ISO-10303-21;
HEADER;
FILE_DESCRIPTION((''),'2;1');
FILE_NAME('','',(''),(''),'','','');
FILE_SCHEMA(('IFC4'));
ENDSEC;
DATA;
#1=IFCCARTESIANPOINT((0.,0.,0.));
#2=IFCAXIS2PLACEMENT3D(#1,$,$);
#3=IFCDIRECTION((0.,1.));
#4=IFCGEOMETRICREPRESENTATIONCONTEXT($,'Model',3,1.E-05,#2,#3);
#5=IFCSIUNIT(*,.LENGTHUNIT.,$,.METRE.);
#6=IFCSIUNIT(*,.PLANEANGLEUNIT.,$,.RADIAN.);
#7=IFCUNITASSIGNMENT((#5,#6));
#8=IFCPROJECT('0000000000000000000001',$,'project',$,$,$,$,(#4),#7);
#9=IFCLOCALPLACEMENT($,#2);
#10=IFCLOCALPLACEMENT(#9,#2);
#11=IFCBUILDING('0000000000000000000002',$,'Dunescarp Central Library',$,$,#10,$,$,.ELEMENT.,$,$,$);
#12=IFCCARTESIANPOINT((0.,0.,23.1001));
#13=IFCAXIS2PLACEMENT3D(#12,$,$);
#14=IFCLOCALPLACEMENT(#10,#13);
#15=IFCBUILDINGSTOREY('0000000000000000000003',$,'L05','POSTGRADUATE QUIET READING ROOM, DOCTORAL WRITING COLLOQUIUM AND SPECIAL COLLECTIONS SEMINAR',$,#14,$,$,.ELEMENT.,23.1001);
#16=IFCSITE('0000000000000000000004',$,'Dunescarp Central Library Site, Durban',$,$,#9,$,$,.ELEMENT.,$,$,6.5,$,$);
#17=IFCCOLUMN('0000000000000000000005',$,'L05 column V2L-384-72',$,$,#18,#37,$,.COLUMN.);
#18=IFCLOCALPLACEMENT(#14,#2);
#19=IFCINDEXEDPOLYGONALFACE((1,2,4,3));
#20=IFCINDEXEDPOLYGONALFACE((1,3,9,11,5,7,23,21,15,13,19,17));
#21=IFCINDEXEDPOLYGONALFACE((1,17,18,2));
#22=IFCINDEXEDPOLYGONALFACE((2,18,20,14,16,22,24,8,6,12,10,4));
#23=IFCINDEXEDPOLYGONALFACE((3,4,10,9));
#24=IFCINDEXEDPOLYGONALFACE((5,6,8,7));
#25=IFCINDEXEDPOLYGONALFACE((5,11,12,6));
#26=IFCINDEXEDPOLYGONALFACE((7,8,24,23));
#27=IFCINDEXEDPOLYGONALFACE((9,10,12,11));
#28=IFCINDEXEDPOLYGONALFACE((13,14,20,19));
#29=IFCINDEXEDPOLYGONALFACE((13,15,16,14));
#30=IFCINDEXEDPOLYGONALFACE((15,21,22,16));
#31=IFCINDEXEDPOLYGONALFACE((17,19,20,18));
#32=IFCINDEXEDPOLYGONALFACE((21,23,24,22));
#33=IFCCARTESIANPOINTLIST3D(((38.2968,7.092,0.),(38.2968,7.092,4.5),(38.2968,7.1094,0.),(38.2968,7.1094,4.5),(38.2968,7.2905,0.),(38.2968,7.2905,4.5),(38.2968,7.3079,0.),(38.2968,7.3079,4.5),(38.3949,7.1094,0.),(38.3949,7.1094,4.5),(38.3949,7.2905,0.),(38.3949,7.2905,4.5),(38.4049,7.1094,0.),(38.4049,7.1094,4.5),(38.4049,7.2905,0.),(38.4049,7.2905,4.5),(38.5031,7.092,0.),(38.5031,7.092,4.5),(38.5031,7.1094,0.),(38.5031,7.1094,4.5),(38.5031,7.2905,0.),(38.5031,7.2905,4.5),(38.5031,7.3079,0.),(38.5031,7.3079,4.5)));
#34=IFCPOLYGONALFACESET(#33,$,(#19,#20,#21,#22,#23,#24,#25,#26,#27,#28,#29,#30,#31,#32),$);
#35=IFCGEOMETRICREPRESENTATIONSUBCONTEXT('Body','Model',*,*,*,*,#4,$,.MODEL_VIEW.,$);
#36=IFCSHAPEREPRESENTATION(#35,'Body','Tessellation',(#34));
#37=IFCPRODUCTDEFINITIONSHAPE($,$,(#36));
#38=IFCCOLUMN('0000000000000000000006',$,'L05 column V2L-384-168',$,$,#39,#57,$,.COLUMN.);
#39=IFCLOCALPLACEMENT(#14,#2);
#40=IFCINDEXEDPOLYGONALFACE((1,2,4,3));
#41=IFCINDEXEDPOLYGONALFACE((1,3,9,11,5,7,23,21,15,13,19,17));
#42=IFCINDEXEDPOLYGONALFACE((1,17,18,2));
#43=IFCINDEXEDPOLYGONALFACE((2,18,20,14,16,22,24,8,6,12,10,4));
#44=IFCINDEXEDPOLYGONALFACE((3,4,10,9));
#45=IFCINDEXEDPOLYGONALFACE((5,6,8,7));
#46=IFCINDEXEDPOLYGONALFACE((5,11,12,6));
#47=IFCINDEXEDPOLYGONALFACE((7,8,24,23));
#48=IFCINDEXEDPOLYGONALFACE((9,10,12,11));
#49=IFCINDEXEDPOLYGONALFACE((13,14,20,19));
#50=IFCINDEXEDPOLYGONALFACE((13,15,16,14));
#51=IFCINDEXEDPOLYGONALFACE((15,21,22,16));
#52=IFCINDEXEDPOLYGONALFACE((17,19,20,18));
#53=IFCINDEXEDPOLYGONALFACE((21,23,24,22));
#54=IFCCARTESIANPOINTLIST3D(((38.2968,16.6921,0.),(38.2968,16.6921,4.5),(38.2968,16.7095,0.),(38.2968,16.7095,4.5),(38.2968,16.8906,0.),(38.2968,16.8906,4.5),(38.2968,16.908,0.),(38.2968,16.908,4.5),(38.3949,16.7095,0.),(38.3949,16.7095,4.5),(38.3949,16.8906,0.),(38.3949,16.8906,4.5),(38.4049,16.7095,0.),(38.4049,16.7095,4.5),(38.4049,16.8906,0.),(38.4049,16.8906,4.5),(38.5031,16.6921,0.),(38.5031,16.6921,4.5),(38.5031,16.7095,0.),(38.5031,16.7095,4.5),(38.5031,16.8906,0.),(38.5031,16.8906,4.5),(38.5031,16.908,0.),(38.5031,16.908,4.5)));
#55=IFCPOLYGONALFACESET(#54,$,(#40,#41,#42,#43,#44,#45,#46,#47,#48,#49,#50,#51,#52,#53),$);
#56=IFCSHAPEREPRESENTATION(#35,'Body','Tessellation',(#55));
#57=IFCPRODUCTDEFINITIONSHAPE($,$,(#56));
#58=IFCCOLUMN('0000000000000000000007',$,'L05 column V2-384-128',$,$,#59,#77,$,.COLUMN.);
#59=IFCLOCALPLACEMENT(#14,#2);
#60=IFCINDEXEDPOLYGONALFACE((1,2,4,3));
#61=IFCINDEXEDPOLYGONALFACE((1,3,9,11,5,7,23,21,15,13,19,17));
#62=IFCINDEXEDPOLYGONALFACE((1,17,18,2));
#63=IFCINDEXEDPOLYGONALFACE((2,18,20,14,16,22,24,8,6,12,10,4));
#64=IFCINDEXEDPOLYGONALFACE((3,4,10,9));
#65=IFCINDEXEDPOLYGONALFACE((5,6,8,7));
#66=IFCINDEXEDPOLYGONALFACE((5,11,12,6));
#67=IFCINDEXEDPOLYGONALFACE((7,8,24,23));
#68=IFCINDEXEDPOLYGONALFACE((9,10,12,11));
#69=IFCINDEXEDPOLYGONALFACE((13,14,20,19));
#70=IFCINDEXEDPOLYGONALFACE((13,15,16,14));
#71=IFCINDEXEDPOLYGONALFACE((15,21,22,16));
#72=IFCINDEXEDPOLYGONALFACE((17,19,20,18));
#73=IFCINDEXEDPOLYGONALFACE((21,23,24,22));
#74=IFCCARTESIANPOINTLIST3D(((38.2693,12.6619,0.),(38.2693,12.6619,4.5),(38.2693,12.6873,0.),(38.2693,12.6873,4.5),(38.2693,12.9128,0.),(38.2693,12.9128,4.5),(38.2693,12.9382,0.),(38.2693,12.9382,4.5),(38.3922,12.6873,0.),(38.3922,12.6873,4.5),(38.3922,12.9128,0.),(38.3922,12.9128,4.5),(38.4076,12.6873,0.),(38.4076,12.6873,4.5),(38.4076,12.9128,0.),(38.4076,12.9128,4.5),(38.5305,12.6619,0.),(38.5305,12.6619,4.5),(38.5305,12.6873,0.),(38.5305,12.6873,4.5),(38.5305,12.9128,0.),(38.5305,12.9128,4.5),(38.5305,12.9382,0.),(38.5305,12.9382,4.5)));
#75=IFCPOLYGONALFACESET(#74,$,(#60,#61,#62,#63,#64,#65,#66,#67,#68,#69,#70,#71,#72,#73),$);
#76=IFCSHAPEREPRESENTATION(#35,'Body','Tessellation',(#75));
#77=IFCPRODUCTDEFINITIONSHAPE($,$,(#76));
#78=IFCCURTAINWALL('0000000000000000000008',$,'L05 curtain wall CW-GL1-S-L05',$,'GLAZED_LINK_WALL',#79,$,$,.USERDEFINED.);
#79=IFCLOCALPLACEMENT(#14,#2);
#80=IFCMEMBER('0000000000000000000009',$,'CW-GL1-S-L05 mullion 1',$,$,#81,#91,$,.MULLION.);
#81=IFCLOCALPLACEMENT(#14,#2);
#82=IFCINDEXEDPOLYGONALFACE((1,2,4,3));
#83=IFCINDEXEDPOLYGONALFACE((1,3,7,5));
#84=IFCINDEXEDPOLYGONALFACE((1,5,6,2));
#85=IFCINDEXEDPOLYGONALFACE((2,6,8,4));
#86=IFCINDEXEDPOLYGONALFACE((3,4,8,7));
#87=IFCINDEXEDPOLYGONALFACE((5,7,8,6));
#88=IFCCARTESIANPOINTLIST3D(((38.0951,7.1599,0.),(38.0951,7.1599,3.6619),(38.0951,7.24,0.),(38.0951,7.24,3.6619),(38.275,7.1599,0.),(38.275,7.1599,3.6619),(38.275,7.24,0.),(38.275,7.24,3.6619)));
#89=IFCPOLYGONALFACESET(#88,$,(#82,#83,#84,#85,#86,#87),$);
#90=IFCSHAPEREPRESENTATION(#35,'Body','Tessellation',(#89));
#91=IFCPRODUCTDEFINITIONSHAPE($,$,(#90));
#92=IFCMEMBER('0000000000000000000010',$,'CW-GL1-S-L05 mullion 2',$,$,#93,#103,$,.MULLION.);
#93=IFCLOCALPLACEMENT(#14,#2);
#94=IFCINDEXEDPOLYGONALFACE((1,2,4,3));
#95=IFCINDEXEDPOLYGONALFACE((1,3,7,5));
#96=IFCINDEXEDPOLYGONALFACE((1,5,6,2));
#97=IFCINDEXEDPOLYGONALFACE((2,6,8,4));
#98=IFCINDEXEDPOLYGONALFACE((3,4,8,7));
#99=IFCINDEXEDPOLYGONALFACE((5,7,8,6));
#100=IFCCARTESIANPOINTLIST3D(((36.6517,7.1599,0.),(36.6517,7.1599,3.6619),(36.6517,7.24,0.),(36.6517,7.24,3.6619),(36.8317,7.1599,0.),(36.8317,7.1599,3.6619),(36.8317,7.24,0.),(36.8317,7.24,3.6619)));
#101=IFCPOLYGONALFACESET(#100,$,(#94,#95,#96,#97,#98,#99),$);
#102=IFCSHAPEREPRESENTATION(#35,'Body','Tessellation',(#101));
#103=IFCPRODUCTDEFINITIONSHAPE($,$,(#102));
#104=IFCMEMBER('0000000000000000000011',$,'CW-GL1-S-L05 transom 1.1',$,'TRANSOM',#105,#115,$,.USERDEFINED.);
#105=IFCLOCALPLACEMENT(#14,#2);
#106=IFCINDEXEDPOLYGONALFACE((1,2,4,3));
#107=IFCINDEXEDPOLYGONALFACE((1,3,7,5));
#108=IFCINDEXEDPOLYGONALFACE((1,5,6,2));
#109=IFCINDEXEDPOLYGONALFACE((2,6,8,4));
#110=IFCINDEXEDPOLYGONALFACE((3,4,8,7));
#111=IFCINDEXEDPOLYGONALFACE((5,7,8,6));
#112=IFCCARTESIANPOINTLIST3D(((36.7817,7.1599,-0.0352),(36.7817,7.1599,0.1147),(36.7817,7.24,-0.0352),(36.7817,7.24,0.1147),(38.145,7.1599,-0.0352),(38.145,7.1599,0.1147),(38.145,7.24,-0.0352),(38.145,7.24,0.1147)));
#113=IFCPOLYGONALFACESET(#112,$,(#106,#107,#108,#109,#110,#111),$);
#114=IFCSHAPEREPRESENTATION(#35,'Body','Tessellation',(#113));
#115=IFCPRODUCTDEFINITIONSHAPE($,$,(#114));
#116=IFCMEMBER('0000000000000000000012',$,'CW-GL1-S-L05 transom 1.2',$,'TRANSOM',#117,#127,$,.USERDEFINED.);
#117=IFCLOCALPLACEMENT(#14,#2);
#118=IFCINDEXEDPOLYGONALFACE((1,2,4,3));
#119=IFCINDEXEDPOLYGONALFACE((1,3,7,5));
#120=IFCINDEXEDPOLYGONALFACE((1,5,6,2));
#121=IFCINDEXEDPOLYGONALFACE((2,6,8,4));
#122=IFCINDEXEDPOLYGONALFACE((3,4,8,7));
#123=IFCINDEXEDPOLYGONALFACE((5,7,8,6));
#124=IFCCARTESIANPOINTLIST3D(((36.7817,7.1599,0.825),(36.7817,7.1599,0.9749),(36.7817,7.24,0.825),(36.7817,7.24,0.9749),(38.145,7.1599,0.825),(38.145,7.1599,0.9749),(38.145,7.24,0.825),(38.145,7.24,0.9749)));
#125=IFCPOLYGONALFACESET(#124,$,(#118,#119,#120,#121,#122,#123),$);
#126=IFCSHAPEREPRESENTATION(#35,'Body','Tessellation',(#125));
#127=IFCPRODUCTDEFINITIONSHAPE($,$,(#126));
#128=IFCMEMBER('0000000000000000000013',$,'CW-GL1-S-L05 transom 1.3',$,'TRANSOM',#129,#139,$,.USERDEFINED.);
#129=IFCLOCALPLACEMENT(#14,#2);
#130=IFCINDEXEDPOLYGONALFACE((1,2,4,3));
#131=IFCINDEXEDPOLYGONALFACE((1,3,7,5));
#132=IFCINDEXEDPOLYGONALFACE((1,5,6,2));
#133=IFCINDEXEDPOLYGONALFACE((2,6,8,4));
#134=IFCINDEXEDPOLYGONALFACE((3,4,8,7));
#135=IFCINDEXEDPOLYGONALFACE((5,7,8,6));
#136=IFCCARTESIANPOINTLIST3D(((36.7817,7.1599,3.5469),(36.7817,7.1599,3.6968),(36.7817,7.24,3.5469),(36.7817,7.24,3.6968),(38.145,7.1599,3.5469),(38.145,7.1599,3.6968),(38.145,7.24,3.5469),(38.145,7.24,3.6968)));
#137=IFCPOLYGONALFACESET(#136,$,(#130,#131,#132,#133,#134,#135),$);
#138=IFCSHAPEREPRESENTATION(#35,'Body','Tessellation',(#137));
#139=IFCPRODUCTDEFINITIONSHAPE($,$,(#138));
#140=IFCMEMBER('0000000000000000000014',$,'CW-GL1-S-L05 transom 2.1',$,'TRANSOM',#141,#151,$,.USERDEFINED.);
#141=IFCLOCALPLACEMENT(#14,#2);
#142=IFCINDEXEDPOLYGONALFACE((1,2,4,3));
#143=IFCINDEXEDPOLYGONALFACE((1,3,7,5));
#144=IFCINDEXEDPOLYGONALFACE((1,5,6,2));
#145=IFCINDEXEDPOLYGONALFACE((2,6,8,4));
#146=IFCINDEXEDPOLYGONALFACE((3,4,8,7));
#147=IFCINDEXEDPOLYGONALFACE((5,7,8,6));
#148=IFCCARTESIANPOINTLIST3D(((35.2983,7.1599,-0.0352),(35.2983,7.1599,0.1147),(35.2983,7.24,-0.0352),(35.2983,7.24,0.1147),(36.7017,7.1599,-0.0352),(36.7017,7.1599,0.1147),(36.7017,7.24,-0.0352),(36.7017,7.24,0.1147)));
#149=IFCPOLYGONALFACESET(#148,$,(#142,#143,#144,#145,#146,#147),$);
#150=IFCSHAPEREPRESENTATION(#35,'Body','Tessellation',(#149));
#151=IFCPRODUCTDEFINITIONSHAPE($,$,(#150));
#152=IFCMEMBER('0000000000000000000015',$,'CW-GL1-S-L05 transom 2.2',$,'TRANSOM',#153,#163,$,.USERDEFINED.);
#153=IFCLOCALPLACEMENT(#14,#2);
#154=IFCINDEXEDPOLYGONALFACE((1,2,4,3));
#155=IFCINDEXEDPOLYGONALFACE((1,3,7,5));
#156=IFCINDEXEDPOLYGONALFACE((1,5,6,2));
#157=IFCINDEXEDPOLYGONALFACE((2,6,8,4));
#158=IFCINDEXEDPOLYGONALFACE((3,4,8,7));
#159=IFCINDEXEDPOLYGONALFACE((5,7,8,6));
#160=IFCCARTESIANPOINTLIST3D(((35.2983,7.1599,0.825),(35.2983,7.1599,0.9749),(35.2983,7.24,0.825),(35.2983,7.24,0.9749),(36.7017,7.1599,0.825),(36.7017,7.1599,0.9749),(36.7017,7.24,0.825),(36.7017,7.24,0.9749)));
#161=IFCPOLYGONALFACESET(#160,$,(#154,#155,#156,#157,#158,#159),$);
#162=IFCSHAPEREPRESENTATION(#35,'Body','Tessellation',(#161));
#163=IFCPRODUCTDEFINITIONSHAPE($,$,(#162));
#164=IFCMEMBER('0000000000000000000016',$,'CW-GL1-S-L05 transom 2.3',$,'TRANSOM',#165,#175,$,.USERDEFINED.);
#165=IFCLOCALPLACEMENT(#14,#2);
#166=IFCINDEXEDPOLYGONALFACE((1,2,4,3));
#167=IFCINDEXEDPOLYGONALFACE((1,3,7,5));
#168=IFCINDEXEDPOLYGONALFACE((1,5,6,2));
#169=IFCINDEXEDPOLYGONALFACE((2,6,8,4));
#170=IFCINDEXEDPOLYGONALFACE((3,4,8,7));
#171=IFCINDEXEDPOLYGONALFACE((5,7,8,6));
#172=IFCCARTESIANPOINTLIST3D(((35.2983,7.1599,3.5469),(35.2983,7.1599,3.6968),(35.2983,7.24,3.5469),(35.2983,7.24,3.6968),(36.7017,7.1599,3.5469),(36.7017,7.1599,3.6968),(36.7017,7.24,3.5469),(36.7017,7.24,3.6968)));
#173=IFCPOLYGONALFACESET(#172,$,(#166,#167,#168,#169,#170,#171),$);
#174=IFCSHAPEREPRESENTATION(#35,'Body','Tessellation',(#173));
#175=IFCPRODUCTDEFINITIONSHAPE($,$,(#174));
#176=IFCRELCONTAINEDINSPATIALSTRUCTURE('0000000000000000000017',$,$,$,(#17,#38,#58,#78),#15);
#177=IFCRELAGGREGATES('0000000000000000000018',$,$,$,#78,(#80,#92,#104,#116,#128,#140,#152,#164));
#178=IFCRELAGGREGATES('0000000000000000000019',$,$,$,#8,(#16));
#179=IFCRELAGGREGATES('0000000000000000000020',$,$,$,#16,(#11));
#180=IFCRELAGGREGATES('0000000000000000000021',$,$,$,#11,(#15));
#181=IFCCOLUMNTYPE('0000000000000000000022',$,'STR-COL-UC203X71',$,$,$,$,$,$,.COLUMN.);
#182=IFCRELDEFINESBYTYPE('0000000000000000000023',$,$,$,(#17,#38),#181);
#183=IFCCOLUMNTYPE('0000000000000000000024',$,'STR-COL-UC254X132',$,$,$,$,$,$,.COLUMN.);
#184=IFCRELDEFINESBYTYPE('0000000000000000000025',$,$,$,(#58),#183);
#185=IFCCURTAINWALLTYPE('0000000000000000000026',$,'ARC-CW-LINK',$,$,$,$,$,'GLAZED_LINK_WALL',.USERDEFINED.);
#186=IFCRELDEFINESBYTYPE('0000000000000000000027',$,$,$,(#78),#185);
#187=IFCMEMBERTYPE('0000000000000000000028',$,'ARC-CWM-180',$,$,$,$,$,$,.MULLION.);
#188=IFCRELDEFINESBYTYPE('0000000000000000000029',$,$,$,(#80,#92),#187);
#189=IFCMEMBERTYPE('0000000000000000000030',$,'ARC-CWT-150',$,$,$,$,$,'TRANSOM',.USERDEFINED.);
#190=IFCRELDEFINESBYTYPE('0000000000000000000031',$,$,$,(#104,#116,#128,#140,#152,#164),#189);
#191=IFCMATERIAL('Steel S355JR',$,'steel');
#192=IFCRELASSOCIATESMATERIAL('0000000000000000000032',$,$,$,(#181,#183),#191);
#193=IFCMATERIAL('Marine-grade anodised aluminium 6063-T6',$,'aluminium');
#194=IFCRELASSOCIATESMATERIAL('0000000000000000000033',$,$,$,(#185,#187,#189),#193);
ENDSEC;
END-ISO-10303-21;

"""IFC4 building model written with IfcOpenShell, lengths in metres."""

from ifc_helpers import new_model, si_unit, direction, frame, origin, origin_2d, place, context, subcontext, project, spatial, rectangle, i_section, extrude, material, material_profile, profile_set, type_object, element, aggregate, save


model = new_model("IFC4")

# Units and contexts
model_context = context("Model", 3, precision=1e-05, world=origin(), true_north=direction((0.0, 1.0)))
body_context = subcontext(model_context, "Body", "Model", "MODEL_VIEW")
ifc_project = project(units=[si_unit("LENGTHUNIT", "METRE"), si_unit("PLANEANGLEUNIT", "RADIAN")], contexts=[model_context])

# Site, building, storey
site_placement = place(None, origin())
site = spatial("IfcSite", under=ifc_project, at=site_placement, Name="Dunescarp Central Library Site, Durban", CompositionType="ELEMENT", RefElevation=6.5)
building_placement = place(site_placement, origin())
building = spatial("IfcBuilding", under=site, at=building_placement, Name="Dunescarp Central Library", CompositionType="ELEMENT")
storey_placement = place(building_placement, frame((0.0, 0.0, 23.1001)))
storey = spatial("IfcBuildingStorey", under=building, at=storey_placement, Name="L05", Description="POSTGRADUATE QUIET READING ROOM, DOCTORAL WRITING COLLOQUIUM AND SPECIAL COLLECTIONS SEMINAR", CompositionType="ELEMENT", Elevation=23.1001)

# Columns
ifc_material_1 = material(Name="Steel S355JR", Category="steel")
ifc_material_profile_1 = material_profile(ifc_material_1, i_section(OverallWidth=0.2063, OverallDepth=0.2158, WebThickness=0.01, FlangeThickness=0.0173, at=origin_2d()), Name="UC 203x203x71")
ifc_profile_set_1 = profile_set([ifc_material_profile_1], Name="Steel S355JR")
column_type_1 = type_object("IfcColumnType", Name="STR-COL-UC203X71", PredefinedType="COLUMN", material=ifc_profile_set_1)
for number, where, z_axis, x_axis, name in (
    (1, (38.3999, 7.2, 0.0), (0.0, 0.0, 1.0), (1.0, 0.0, 0.0), "L05 column V2L-384-72"),
    (2, (38.3999, 16.8, 0.0), (0.0, 0.0, 1.0), (1.0, 0.0, 0.0), "L05 column V2L-384-168"),
):
    element("IfcColumn", number, at=place(storey_placement, frame(where, z_axis=z_axis, x_axis=x_axis)), inside=storey, type_object=column_type_1, Name=name, PredefinedType="COLUMN", context=body_context, shape_type="SweptSolid", body=[
        extrude(i_section(OverallWidth=0.2063, OverallDepth=0.2158, WebThickness=0.01, FlangeThickness=0.0173, at=origin_2d()), origin(), (0.0, 0.0, 1.0), 4.5),
    ])
ifc_material_profile_2 = material_profile(ifc_material_1, i_section(OverallWidth=0.2612, OverallDepth=0.2764, WebThickness=0.0154, FlangeThickness=0.0254, at=origin_2d()), Name="UC 254x254x132")
ifc_profile_set_2 = profile_set([ifc_material_profile_2], Name="Steel S355JR")
column_type_2 = type_object("IfcColumnType", Name="STR-COL-UC254X132", PredefinedType="COLUMN", material=ifc_profile_set_2)
column_placement = place(storey_placement, frame((38.3999, 12.8, 0.0), z_axis=(0.0, 0.0, 1.0), x_axis=(1.0, 0.0, 0.0)))
element("IfcColumn", 3, at=column_placement, inside=storey, type_object=column_type_2, Name="L05 column V2-384-128", PredefinedType="COLUMN", context=body_context, shape_type="SweptSolid", body=[
    extrude(i_section(OverallWidth=0.2612, OverallDepth=0.2764, WebThickness=0.0154, FlangeThickness=0.0254, at=origin_2d()), origin(), (0.0, 0.0, 1.0), 4.5),
])

# Curtain wall, members
ifc_material_2 = material(Name="Marine-grade anodised aluminium 6063-T6", Category="aluminium")
curtain_wall_type = type_object("IfcCurtainWallType", Name="ARC-CW-LINK", ElementType="GLAZED_LINK_WALL", PredefinedType="USERDEFINED", material=ifc_material_2)
curtain_wall_placement = place(storey_placement, origin())
curtain_wall = element("IfcCurtainWall", 4, at=curtain_wall_placement, inside=storey, type_object=curtain_wall_type, Name="L05 curtain wall CW-GL1-S-L05", ObjectType="GLAZED_LINK_WALL", PredefinedType="USERDEFINED")
ifc_material_profile_3 = material_profile(ifc_material_2, rectangle(XDim=0.0801, YDim=0.1799, at=origin_2d()), Name="AL 80x180")
ifc_profile_set_3 = profile_set([ifc_material_profile_3], Name="Marine-grade anodised aluminium 6063-T6")
member_type_1 = type_object("IfcMemberType", Name="ARC-CWM-180", PredefinedType="MULLION", material=ifc_profile_set_3)
member_1_placement = place(storey_placement, frame((38.1851, 7.2, 0.0), z_axis=(0.0, 0.0, 1.0), x_axis=(0.0, -1.0, 0.0)))
member_1 = element("IfcMember", 5, at=member_1_placement, type_object=member_type_1, Name="CW-GL1-S-L05 mullion 1", PredefinedType="MULLION", context=body_context, shape_type="SweptSolid", body=[
    extrude(rectangle(XDim=0.0801, YDim=0.1799, at=origin_2d()), origin(), (0.0, 0.0, 1.0), 3.6619),
])
member_2_placement = place(storey_placement, frame((36.7417, 7.2, 0.0), z_axis=(0.0, 0.0, 1.0), x_axis=(0.0, -1.0, 0.0)))
member_2 = element("IfcMember", 6, at=member_2_placement, type_object=member_type_1, Name="CW-GL1-S-L05 mullion 2", PredefinedType="MULLION", context=body_context, shape_type="SweptSolid", body=[
    extrude(rectangle(XDim=0.0801, YDim=0.1799, at=origin_2d()), origin(), (0.0, 0.0, 1.0), 3.6619),
])
ifc_material_profile_4 = material_profile(ifc_material_2, rectangle(XDim=0.0801, YDim=0.1499, at=origin_2d()), Name="AL 80x150")
ifc_profile_set_4 = profile_set([ifc_material_profile_4], Name="Marine-grade anodised aluminium 6063-T6")
member_type_2 = type_object("IfcMemberType", Name="ARC-CWT-150", ElementType="TRANSOM", PredefinedType="USERDEFINED", material=ifc_profile_set_4)
member_3_placement = place(storey_placement, frame((38.145, 7.2, 0.0398), z_axis=(-1.0, 0.0, 0.0), x_axis=(0.0, -1.0, 0.0)))
member_3 = element("IfcMember", 7, at=member_3_placement, type_object=member_type_2, Name="CW-GL1-S-L05 transom 1.1", ObjectType="TRANSOM", PredefinedType="USERDEFINED", context=body_context, shape_type="SweptSolid", body=[
    extrude(rectangle(XDim=0.0801, YDim=0.1499, at=origin_2d()), origin(), (0.0, 0.0, 1.0), 1.3633),
])
member_4_placement = place(storey_placement, frame((38.145, 7.2, 0.8999), z_axis=(-1.0, 0.0, 0.0), x_axis=(0.0, -1.0, 0.0)))
member_4 = element("IfcMember", 8, at=member_4_placement, type_object=member_type_2, Name="CW-GL1-S-L05 transom 1.2", ObjectType="TRANSOM", PredefinedType="USERDEFINED", context=body_context, shape_type="SweptSolid", body=[
    extrude(rectangle(XDim=0.0801, YDim=0.1499, at=origin_2d()), origin(), (0.0, 0.0, 1.0), 1.3633),
])
member_5_placement = place(storey_placement, frame((38.145, 7.2, 3.6218), z_axis=(-1.0, 0.0, 0.0), x_axis=(0.0, -1.0, 0.0)))
member_5 = element("IfcMember", 9, at=member_5_placement, type_object=member_type_2, Name="CW-GL1-S-L05 transom 1.3", ObjectType="TRANSOM", PredefinedType="USERDEFINED", context=body_context, shape_type="SweptSolid", body=[
    extrude(rectangle(XDim=0.0801, YDim=0.1499, at=origin_2d()), origin(), (0.0, 0.0, 1.0), 1.3633),
])
member_6_placement = place(storey_placement, frame((36.7017, 7.2, 0.0398), z_axis=(-1.0, 0.0, 0.0), x_axis=(0.0, -1.0, 0.0)))
member_6 = element("IfcMember", 10, at=member_6_placement, type_object=member_type_2, Name="CW-GL1-S-L05 transom 2.1", ObjectType="TRANSOM", PredefinedType="USERDEFINED", context=body_context, shape_type="SweptSolid", body=[
    extrude(rectangle(XDim=0.0801, YDim=0.1499, at=origin_2d()), origin(), (0.0, 0.0, 1.0), 1.4033),
])
member_7_placement = place(storey_placement, frame((36.7017, 7.2, 0.8999), z_axis=(-1.0, 0.0, 0.0), x_axis=(0.0, -1.0, 0.0)))
member_7 = element("IfcMember", 11, at=member_7_placement, type_object=member_type_2, Name="CW-GL1-S-L05 transom 2.2", ObjectType="TRANSOM", PredefinedType="USERDEFINED", context=body_context, shape_type="SweptSolid", body=[
    extrude(rectangle(XDim=0.0801, YDim=0.1499, at=origin_2d()), origin(), (0.0, 0.0, 1.0), 1.4033),
])
member_8_placement = place(storey_placement, frame((36.7017, 7.2, 3.6218), z_axis=(-1.0, 0.0, 0.0), x_axis=(0.0, -1.0, 0.0)))
member_8 = element("IfcMember", 12, at=member_8_placement, type_object=member_type_2, Name="CW-GL1-S-L05 transom 2.3", ObjectType="TRANSOM", PredefinedType="USERDEFINED", context=body_context, shape_type="SweptSolid", body=[
    extrude(rectangle(XDim=0.0801, YDim=0.1499, at=origin_2d()), origin(), (0.0, 0.0, 1.0), 1.4033),
])

aggregate(curtain_wall, [member_1, member_2, member_3, member_4, member_5, member_6, member_7, member_8])

save(model, "model.ifc")
